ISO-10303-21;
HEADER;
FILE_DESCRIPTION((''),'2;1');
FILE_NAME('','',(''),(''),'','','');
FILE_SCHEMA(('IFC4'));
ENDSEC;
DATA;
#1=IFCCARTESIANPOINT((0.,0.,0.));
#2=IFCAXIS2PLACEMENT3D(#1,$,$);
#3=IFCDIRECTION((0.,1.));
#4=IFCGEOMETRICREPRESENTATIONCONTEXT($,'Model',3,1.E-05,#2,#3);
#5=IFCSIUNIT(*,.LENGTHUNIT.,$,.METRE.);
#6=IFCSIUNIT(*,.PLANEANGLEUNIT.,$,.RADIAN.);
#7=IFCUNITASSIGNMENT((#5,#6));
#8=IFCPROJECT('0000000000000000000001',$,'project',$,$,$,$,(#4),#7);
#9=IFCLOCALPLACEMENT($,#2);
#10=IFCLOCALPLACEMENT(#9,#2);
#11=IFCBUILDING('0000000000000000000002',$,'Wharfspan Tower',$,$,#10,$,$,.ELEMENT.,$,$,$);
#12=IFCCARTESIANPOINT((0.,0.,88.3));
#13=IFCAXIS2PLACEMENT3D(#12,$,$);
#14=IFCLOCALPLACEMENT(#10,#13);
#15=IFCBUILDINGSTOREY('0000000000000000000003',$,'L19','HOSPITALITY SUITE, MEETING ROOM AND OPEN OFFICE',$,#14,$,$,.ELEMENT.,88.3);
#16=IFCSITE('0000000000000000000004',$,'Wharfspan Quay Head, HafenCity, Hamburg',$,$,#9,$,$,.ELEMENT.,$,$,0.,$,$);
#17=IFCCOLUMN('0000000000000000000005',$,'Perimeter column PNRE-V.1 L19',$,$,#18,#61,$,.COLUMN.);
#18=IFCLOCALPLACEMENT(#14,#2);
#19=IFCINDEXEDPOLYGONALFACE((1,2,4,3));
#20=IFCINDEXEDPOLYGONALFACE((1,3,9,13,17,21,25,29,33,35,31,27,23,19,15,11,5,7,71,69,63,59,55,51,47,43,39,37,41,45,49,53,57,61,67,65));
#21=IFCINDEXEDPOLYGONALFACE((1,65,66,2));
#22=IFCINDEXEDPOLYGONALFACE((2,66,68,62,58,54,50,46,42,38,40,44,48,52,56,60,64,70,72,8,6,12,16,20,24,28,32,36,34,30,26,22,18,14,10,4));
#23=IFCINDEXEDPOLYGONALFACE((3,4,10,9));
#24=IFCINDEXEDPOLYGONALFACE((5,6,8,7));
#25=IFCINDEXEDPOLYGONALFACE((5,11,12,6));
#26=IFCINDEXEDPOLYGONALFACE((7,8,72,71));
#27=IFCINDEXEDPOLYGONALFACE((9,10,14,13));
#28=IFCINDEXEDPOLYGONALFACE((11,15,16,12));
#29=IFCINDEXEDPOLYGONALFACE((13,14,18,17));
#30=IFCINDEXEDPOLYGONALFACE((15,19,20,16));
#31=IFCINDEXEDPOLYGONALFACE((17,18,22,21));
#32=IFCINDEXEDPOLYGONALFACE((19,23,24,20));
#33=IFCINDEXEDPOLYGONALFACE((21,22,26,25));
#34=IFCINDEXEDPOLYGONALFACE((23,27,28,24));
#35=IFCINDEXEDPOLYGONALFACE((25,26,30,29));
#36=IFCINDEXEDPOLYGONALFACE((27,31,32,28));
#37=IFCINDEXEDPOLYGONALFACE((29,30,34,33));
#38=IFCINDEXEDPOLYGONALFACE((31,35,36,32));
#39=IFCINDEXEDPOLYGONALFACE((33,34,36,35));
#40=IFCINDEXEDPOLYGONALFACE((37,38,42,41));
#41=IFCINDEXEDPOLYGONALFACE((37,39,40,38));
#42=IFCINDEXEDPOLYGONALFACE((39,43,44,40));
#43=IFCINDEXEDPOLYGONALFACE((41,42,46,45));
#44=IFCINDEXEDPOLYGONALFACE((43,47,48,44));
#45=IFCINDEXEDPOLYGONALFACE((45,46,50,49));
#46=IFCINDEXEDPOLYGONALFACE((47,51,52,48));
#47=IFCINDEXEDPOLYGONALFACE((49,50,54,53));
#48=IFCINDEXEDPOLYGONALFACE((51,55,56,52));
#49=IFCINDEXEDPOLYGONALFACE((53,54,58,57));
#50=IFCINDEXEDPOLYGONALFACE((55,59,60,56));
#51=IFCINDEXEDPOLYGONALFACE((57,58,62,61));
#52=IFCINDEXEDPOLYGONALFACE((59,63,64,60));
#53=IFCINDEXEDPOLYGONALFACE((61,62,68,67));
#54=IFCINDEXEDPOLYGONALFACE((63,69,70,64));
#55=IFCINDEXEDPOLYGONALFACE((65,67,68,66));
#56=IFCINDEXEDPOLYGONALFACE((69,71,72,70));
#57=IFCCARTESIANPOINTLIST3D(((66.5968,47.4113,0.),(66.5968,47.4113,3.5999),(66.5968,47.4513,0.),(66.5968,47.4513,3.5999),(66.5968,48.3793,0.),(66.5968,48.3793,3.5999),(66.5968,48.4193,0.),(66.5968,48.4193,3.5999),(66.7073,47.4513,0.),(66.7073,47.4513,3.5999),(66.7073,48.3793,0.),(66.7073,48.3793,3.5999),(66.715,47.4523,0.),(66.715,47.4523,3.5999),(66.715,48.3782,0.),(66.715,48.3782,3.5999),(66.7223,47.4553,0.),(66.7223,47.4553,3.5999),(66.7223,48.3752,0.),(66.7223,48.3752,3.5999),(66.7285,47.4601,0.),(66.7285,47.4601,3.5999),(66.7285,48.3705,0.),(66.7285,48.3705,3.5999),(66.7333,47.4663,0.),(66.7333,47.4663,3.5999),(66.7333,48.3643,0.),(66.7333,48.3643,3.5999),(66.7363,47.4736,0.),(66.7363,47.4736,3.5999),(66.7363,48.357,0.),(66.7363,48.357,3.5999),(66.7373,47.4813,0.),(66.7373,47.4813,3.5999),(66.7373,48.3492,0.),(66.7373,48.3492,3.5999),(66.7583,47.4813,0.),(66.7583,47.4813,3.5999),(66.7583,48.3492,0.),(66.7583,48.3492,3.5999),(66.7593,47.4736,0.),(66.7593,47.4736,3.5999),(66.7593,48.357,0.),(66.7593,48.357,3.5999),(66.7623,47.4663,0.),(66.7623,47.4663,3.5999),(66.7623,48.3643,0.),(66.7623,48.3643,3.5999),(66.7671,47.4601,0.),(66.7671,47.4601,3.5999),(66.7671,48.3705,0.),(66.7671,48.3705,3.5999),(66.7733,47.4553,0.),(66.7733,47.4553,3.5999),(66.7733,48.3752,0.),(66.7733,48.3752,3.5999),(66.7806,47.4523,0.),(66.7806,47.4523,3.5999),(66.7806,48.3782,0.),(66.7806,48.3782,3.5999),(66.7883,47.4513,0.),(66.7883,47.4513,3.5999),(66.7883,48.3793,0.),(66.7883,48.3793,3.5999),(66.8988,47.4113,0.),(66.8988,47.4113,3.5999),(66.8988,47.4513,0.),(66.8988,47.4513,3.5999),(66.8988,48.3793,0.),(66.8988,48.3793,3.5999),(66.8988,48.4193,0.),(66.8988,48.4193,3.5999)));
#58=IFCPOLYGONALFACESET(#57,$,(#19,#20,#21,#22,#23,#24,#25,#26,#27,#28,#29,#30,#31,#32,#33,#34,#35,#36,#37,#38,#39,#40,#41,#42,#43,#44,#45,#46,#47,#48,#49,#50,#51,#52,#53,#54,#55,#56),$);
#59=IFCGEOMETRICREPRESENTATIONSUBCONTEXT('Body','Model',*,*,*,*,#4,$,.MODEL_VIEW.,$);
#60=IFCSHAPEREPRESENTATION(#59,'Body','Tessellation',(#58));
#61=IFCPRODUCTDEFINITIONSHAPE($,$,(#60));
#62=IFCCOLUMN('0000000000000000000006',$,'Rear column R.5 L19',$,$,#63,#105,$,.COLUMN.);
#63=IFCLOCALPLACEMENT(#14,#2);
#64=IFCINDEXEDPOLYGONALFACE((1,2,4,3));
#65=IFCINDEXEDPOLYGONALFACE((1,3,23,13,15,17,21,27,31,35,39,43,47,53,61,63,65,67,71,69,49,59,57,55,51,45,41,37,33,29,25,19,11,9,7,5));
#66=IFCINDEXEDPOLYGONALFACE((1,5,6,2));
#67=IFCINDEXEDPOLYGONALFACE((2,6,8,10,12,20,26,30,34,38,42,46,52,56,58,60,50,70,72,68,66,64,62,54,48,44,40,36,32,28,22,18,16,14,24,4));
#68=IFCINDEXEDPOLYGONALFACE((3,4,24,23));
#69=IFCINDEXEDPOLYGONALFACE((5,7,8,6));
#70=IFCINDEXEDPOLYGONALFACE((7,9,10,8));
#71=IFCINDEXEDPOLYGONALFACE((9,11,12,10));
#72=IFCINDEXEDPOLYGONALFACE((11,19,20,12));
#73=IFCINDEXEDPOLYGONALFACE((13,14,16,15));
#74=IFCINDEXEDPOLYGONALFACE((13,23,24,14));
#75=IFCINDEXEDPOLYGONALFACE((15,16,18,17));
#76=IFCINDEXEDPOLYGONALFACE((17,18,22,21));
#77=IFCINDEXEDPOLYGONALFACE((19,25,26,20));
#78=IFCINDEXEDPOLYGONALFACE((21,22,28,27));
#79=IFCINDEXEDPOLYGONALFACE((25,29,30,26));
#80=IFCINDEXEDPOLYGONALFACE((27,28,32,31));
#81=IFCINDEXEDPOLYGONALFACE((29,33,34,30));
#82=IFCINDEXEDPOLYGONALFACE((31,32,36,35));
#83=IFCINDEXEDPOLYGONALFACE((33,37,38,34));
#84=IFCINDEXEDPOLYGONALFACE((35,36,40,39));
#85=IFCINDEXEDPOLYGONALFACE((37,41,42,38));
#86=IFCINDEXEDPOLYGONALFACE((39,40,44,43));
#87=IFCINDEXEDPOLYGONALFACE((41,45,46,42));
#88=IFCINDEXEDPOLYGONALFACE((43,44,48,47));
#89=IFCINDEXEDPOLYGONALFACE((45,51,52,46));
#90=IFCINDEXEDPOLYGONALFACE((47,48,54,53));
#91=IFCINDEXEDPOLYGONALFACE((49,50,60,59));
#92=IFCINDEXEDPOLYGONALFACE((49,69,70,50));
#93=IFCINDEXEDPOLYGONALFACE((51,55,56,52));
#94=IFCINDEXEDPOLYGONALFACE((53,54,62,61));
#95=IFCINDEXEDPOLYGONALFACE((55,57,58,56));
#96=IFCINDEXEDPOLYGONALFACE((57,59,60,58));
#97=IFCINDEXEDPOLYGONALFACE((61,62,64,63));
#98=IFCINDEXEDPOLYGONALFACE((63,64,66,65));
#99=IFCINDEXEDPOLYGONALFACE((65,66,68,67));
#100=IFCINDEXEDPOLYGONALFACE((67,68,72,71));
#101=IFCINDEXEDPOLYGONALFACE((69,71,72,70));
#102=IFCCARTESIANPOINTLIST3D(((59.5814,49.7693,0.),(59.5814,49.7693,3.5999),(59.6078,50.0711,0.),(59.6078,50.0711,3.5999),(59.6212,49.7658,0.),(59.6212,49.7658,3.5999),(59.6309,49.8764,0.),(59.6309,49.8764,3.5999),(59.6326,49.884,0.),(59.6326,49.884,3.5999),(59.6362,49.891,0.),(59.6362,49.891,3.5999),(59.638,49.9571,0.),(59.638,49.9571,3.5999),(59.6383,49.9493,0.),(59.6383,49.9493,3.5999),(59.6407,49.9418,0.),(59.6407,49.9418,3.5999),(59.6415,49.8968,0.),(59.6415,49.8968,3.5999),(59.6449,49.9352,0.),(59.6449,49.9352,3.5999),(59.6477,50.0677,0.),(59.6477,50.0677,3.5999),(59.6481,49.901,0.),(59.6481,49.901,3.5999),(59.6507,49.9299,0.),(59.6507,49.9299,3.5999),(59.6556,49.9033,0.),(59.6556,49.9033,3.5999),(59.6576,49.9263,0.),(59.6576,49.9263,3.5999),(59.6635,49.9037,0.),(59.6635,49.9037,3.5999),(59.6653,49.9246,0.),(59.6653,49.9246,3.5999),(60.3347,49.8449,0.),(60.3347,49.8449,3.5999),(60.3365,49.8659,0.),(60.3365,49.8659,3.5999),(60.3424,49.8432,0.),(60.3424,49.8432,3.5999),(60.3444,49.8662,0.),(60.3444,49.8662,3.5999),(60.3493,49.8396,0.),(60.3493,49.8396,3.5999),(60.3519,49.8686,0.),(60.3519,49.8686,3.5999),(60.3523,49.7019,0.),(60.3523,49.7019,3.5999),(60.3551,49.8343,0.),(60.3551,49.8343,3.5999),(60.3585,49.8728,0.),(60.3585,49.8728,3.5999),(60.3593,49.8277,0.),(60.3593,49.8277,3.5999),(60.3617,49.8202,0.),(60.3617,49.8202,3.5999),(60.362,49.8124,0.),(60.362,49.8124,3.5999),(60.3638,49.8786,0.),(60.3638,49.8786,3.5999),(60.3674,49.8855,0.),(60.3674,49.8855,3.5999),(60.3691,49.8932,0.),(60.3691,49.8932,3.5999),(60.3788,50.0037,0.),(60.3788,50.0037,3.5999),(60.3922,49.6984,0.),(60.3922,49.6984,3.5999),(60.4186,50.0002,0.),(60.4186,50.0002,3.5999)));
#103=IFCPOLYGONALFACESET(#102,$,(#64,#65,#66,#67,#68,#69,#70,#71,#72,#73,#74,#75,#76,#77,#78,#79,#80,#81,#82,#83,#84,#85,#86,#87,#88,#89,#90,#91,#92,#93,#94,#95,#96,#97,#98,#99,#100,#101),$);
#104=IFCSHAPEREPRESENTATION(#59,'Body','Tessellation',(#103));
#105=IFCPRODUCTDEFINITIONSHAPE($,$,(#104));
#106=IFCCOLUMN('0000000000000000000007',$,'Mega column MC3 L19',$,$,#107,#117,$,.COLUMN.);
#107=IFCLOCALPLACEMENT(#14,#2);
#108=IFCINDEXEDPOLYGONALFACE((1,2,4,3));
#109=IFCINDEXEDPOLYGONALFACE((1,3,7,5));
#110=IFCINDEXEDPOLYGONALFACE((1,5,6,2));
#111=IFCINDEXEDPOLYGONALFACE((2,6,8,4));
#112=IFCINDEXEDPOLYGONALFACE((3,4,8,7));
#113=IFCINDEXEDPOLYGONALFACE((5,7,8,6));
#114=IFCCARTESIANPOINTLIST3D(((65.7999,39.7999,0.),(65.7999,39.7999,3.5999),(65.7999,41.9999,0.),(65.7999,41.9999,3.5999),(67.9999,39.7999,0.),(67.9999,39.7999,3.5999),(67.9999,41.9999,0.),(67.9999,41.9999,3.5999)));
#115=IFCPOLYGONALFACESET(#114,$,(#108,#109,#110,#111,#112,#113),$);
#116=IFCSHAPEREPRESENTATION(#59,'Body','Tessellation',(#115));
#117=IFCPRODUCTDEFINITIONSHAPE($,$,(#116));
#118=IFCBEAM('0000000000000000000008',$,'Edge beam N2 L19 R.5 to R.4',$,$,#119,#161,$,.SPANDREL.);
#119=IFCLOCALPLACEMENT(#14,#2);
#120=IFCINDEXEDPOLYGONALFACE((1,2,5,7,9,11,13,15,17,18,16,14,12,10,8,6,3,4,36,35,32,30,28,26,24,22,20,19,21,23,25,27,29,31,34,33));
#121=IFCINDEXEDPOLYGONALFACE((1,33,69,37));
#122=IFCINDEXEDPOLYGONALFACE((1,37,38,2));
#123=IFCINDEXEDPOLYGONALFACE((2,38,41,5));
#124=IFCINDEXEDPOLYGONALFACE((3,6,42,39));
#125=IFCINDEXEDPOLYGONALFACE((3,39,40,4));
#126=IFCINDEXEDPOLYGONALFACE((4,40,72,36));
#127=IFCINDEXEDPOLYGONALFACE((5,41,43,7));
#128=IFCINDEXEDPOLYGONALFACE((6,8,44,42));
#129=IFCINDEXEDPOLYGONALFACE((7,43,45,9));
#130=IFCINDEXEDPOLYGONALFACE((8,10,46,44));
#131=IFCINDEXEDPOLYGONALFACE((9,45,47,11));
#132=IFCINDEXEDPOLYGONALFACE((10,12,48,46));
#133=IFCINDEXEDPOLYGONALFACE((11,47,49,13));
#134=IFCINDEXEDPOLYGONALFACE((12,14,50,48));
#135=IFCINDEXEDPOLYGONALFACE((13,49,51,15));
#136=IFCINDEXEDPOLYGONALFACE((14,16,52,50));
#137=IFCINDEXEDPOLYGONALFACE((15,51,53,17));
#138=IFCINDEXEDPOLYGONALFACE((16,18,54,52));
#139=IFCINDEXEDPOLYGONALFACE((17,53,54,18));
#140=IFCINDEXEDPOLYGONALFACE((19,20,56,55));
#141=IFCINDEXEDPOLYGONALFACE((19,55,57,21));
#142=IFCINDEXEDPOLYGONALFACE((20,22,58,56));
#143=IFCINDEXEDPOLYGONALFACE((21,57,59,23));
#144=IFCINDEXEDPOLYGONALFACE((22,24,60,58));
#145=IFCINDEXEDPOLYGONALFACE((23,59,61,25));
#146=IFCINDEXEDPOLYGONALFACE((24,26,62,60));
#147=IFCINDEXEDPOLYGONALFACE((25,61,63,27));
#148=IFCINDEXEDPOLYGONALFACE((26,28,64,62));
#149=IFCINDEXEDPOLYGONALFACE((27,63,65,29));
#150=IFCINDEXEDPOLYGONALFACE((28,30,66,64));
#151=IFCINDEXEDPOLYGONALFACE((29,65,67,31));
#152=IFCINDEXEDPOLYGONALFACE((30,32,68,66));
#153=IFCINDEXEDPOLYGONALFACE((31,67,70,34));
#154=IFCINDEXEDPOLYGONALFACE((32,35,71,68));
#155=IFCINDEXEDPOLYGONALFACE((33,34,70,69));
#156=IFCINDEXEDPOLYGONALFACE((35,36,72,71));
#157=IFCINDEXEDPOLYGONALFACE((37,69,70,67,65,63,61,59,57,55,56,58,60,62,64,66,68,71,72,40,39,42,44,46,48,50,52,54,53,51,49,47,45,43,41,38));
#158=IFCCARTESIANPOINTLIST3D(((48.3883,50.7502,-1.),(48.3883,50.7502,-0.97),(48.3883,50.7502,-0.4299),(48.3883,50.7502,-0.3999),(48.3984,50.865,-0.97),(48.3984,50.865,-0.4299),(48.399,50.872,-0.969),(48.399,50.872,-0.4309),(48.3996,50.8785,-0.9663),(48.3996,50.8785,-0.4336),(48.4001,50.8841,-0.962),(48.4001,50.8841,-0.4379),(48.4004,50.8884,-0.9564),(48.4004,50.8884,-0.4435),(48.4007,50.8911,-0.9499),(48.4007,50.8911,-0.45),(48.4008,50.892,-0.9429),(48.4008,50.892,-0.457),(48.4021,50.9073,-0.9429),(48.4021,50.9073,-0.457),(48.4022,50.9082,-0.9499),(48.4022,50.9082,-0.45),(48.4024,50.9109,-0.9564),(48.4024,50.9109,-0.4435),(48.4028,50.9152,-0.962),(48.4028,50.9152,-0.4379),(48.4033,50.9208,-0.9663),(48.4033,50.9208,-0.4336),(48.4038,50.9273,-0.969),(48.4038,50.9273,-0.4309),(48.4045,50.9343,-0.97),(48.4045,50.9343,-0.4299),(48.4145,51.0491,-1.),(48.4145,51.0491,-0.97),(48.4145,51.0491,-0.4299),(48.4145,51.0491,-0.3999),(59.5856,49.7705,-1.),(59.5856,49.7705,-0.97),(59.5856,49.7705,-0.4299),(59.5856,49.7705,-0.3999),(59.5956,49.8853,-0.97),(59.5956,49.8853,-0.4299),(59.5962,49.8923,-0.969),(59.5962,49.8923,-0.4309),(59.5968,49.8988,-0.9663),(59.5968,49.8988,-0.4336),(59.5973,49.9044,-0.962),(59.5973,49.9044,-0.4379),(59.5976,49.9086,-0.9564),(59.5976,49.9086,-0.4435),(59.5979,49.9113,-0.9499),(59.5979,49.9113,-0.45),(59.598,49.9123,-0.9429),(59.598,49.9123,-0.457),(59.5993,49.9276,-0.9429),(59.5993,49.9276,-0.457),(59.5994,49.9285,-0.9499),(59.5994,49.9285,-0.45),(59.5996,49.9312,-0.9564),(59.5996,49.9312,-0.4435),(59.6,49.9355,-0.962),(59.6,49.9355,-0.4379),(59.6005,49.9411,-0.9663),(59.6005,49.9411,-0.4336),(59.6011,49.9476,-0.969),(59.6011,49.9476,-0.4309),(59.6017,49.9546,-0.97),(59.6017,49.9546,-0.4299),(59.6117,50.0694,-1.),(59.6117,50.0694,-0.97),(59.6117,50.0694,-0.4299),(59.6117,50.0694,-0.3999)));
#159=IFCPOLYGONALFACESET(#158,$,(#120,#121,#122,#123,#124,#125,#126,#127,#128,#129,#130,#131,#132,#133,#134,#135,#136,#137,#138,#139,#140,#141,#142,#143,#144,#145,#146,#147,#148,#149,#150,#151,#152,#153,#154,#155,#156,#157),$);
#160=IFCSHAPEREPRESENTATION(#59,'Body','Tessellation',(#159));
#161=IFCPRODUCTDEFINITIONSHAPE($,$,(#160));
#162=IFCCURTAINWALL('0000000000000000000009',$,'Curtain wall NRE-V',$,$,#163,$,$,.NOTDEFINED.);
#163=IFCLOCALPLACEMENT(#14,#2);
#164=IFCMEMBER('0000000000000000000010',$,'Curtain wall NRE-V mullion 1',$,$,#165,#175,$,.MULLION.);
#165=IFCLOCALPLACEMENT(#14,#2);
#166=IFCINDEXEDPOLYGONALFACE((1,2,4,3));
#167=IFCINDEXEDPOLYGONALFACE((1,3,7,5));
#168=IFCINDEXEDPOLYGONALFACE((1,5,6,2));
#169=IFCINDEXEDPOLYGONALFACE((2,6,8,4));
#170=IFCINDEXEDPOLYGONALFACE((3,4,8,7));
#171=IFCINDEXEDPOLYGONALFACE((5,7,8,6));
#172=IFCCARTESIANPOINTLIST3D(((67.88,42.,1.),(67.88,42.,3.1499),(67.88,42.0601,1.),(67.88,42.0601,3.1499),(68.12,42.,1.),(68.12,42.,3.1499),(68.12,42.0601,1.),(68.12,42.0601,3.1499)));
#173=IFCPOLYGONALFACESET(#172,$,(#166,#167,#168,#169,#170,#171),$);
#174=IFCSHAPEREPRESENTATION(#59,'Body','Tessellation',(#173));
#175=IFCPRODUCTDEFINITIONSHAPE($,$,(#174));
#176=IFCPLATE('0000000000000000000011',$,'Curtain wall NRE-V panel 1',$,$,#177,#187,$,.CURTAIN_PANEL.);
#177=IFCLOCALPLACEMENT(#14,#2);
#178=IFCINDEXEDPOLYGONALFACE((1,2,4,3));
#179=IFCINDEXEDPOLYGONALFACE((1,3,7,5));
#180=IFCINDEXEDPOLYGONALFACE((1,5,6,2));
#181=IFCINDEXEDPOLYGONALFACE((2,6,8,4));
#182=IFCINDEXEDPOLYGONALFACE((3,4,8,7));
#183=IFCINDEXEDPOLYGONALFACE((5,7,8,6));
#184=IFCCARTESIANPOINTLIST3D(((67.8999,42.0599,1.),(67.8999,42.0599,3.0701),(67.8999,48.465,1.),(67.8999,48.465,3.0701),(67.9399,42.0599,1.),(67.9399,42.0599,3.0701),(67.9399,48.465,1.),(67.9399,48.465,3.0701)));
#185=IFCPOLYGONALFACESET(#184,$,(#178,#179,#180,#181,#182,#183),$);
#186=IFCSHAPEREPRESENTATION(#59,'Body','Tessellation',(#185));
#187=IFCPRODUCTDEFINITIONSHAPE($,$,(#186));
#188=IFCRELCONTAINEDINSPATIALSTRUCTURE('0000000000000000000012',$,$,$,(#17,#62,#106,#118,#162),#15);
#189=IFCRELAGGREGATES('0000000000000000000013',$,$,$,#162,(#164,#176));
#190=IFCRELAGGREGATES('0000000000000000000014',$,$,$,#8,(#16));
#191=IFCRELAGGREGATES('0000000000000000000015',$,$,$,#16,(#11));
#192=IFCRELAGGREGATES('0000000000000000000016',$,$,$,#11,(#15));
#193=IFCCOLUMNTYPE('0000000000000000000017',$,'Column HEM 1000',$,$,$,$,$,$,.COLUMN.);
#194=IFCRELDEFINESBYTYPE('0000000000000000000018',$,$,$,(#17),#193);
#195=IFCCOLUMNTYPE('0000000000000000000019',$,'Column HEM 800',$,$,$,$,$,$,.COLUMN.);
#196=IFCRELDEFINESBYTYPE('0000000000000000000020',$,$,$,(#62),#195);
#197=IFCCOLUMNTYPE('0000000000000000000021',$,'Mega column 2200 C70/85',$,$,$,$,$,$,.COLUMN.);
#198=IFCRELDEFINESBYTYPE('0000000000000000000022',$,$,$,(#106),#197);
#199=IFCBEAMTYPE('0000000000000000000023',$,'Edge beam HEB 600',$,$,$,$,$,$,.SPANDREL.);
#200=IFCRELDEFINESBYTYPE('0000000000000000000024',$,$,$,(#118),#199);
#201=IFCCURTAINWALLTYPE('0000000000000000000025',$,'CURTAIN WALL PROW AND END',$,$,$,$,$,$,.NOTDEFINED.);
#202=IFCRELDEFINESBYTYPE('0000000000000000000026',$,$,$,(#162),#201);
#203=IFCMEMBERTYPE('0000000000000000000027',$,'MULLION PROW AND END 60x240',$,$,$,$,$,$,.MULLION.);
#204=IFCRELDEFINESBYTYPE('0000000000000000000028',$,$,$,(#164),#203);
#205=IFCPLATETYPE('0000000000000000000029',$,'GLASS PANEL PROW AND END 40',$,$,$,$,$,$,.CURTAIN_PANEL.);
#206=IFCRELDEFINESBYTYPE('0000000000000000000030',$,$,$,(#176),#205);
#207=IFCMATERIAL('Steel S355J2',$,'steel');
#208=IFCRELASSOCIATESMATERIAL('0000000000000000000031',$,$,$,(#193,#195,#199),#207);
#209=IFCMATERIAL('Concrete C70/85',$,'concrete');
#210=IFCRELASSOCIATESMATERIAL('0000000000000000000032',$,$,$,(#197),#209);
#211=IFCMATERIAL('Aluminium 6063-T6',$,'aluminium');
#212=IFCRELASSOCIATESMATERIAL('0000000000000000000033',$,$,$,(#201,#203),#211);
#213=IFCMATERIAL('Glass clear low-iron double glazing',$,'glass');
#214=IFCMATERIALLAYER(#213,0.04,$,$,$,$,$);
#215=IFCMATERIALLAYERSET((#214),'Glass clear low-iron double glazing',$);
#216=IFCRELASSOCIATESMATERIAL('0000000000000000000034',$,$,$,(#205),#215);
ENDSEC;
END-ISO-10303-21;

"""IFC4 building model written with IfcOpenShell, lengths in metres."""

from ifc_helpers import new_model, si_unit, direction, frame, origin, origin_2d, place, context, subcontext, project, spatial, rectangle, i_section, extrude, material, layer, layer_set, material_profile, profile_set, type_object, element, aggregate, save


model = new_model("IFC4")

# Units and contexts
model_context = context("Model", 3, precision=1e-05, world=origin(), true_north=direction((0.0, 1.0)))
body_context = subcontext(model_context, "Body", "Model", "MODEL_VIEW")
ifc_project = project(units=[si_unit("LENGTHUNIT", "METRE"), si_unit("PLANEANGLEUNIT", "RADIAN")], contexts=[model_context])

# Site, building, storey
site_placement = place(None, origin())
site = spatial("IfcSite", under=ifc_project, at=site_placement, Name="Wharfspan Quay Head, HafenCity, Hamburg", CompositionType="ELEMENT", RefElevation=0.0)
building_placement = place(site_placement, origin())
building = spatial("IfcBuilding", under=site, at=building_placement, Name="Wharfspan Tower", CompositionType="ELEMENT")
storey_placement = place(building_placement, frame((0.0, 0.0, 88.3)))
storey = spatial("IfcBuildingStorey", under=building, at=storey_placement, Name="L19", Description="HOSPITALITY SUITE, MEETING ROOM AND OPEN OFFICE", CompositionType="ELEMENT", Elevation=88.3)

# Columns
ifc_material_1 = material(Name="Steel S355J2", Category="steel")
ifc_material_profile_1 = material_profile(ifc_material_1, i_section(OverallWidth=0.302, OverallDepth=1.0081, WebThickness=0.021, FlangeThickness=0.04, FilletRadius=0.03, at=origin_2d()))
ifc_profile_set_1 = profile_set([ifc_material_profile_1], Name="Steel S355J2")
column_type_1 = type_object("IfcColumnType", Name="Column HEM 1000", PredefinedType="COLUMN", material=ifc_profile_set_1)
column_1_placement = place(storey_placement, frame((66.7478, 47.9153, 0.0), z_axis=(0.0, 0.0, 1.0), x_axis=(1.0, 0.0, 0.0)))
element("IfcColumn", 1, at=column_1_placement, inside=storey, type_object=column_type_1, Name="Perimeter column PNRE-V.1 L19", PredefinedType="COLUMN", context=body_context, shape_type="SweptSolid", body=[
    extrude(i_section(OverallWidth=0.302, OverallDepth=1.0081, WebThickness=0.021, FlangeThickness=0.04, FilletRadius=0.03, at=origin_2d()), origin(), (0.0, 0.0, 1.0), 3.5999),
])
ifc_material_profile_2 = material_profile(ifc_material_1, i_section(OverallWidth=0.303, OverallDepth=0.814, WebThickness=0.021, FlangeThickness=0.04, FilletRadius=0.03, at=origin_2d()))
ifc_profile_set_2 = profile_set([ifc_material_profile_2], Name="Steel S355J2")
column_type_2 = type_object("IfcColumnType", Name="Column HEM 800", PredefinedType="COLUMN", material=ifc_profile_set_2)
column_2_placement = place(storey_placement, frame((60.0, 49.8848, 0.0), z_axis=(0.0, 0.0, 1.0), x_axis=(0.087156, 0.996197, 0.0)))
element("IfcColumn", 2, at=column_2_placement, inside=storey, type_object=column_type_2, Name="Rear column R.5 L19", PredefinedType="COLUMN", context=body_context, shape_type="SweptSolid", body=[
    extrude(i_section(OverallWidth=0.303, OverallDepth=0.814, WebThickness=0.021, FlangeThickness=0.04, FilletRadius=0.03, at=origin_2d()), origin(), (0.0, 0.0, 1.0), 3.5999),
])
ifc_material_2 = material(Name="Concrete C70/85", Category="concrete")
ifc_material_profile_3 = material_profile(ifc_material_2, rectangle(XDim=2.2, YDim=2.2, at=origin_2d()))
ifc_profile_set_3 = profile_set([ifc_material_profile_3], Name="Concrete C70/85")
column_type_3 = type_object("IfcColumnType", Name="Mega column 2200 C70/85", PredefinedType="COLUMN", material=ifc_profile_set_3)
column_3_placement = place(storey_placement, frame((66.8999, 40.8999, 0.0), z_axis=(0.0, 0.0, 1.0), x_axis=(1.0, 0.0, 0.0)))
element("IfcColumn", 3, at=column_3_placement, inside=storey, type_object=column_type_3, Name="Mega column MC3 L19", PredefinedType="COLUMN", context=body_context, shape_type="SweptSolid", body=[
    extrude(rectangle(XDim=2.2, YDim=2.2, at=origin_2d()), origin(), (0.0, 0.0, 1.0), 3.5999),
])

# Beam
ifc_material_profile_4 = material_profile(ifc_material_1, i_section(OverallWidth=0.3, OverallDepth=0.6001, WebThickness=0.0154, FlangeThickness=0.03, FilletRadius=0.0271, at=origin_2d()))
ifc_profile_set_4 = profile_set([ifc_material_profile_4], Name="Steel S355J2")
beam_type = type_object("IfcBeamType", Name="Edge beam HEB 600", PredefinedType="SPANDREL", material=ifc_profile_set_4)
beam_placement = place(storey_placement, frame((59.5986, 49.9199, -0.7), z_axis=(-0.996194, 0.087165, 0.0), x_axis=(-0.087165, -0.996194, 0.0)))
element("IfcBeam", 4, at=beam_placement, inside=storey, type_object=beam_type, Name="Edge beam N2 L19 R.5 to R.4", PredefinedType="SPANDREL", context=body_context, shape_type="SweptSolid", body=[
    extrude(i_section(OverallWidth=0.3, OverallDepth=0.6001, WebThickness=0.0154, FlangeThickness=0.03, FilletRadius=0.0271, at=origin_2d()), origin(), (0.0, 0.0, 1.0), 11.24),
])

# Curtain wall, member, plate
ifc_material_3 = material(Name="Aluminium 6063-T6", Category="aluminium")
curtain_wall_type = type_object("IfcCurtainWallType", Name="CURTAIN WALL PROW AND END", PredefinedType="NOTDEFINED", material=ifc_material_3)
curtain_wall_placement = place(storey_placement, origin())
curtain_wall = element("IfcCurtainWall", 5, at=curtain_wall_placement, inside=storey, type_object=curtain_wall_type, Name="Curtain wall NRE-V", PredefinedType="NOTDEFINED")
ifc_material_profile_5 = material_profile(ifc_material_3, rectangle(XDim=0.24, YDim=0.0601, at=origin_2d()))
ifc_profile_set_5 = profile_set([ifc_material_profile_5], Name="Aluminium 6063-T6")
member_type = type_object("IfcMemberType", Name="MULLION PROW AND END 60x240", PredefinedType="MULLION", material=ifc_profile_set_5)
member_placement = place(storey_placement, frame((68.0, 42.03, 1.0), z_axis=(0.0, 0.0, 1.0), x_axis=(-1.0, 0.0, 0.0)))
member = element("IfcMember", 6, at=member_placement, type_object=member_type, Name="Curtain wall NRE-V mullion 1", PredefinedType="MULLION", context=body_context, shape_type="SweptSolid", body=[
    extrude(rectangle(XDim=0.24, YDim=0.0601, at=origin_2d()), origin(), (0.0, 0.0, 1.0), 2.1499),
])
ifc_material_4 = material(Name="Glass clear low-iron double glazing", Category="glass")
ifc_layer_1 = layer(ifc_material_4, 0.04)
ifc_layer_set_1 = layer_set([ifc_layer_1], Name="Glass clear low-iron double glazing")
plate_type = type_object("IfcPlateType", Name="GLASS PANEL PROW AND END 40", PredefinedType="CURTAIN_PANEL", material=ifc_layer_set_1)
plate_placement = place(storey_placement, frame((67.9199, 45.2625, 1.0), z_axis=(0.0, 0.0, 1.0), x_axis=(0.0, 1.0, 0.0)))
plate = element("IfcPlate", 7, at=plate_placement, type_object=plate_type, Name="Curtain wall NRE-V panel 1", PredefinedType="CURTAIN_PANEL", context=body_context, shape_type="SweptSolid", body=[
    extrude(rectangle(XDim=6.405, YDim=0.04, at=origin_2d()), origin(), (0.0, 0.0, 1.0), 2.0701),
])
aggregate(curtain_wall, [member, plate])

save(model, "model.ifc")
